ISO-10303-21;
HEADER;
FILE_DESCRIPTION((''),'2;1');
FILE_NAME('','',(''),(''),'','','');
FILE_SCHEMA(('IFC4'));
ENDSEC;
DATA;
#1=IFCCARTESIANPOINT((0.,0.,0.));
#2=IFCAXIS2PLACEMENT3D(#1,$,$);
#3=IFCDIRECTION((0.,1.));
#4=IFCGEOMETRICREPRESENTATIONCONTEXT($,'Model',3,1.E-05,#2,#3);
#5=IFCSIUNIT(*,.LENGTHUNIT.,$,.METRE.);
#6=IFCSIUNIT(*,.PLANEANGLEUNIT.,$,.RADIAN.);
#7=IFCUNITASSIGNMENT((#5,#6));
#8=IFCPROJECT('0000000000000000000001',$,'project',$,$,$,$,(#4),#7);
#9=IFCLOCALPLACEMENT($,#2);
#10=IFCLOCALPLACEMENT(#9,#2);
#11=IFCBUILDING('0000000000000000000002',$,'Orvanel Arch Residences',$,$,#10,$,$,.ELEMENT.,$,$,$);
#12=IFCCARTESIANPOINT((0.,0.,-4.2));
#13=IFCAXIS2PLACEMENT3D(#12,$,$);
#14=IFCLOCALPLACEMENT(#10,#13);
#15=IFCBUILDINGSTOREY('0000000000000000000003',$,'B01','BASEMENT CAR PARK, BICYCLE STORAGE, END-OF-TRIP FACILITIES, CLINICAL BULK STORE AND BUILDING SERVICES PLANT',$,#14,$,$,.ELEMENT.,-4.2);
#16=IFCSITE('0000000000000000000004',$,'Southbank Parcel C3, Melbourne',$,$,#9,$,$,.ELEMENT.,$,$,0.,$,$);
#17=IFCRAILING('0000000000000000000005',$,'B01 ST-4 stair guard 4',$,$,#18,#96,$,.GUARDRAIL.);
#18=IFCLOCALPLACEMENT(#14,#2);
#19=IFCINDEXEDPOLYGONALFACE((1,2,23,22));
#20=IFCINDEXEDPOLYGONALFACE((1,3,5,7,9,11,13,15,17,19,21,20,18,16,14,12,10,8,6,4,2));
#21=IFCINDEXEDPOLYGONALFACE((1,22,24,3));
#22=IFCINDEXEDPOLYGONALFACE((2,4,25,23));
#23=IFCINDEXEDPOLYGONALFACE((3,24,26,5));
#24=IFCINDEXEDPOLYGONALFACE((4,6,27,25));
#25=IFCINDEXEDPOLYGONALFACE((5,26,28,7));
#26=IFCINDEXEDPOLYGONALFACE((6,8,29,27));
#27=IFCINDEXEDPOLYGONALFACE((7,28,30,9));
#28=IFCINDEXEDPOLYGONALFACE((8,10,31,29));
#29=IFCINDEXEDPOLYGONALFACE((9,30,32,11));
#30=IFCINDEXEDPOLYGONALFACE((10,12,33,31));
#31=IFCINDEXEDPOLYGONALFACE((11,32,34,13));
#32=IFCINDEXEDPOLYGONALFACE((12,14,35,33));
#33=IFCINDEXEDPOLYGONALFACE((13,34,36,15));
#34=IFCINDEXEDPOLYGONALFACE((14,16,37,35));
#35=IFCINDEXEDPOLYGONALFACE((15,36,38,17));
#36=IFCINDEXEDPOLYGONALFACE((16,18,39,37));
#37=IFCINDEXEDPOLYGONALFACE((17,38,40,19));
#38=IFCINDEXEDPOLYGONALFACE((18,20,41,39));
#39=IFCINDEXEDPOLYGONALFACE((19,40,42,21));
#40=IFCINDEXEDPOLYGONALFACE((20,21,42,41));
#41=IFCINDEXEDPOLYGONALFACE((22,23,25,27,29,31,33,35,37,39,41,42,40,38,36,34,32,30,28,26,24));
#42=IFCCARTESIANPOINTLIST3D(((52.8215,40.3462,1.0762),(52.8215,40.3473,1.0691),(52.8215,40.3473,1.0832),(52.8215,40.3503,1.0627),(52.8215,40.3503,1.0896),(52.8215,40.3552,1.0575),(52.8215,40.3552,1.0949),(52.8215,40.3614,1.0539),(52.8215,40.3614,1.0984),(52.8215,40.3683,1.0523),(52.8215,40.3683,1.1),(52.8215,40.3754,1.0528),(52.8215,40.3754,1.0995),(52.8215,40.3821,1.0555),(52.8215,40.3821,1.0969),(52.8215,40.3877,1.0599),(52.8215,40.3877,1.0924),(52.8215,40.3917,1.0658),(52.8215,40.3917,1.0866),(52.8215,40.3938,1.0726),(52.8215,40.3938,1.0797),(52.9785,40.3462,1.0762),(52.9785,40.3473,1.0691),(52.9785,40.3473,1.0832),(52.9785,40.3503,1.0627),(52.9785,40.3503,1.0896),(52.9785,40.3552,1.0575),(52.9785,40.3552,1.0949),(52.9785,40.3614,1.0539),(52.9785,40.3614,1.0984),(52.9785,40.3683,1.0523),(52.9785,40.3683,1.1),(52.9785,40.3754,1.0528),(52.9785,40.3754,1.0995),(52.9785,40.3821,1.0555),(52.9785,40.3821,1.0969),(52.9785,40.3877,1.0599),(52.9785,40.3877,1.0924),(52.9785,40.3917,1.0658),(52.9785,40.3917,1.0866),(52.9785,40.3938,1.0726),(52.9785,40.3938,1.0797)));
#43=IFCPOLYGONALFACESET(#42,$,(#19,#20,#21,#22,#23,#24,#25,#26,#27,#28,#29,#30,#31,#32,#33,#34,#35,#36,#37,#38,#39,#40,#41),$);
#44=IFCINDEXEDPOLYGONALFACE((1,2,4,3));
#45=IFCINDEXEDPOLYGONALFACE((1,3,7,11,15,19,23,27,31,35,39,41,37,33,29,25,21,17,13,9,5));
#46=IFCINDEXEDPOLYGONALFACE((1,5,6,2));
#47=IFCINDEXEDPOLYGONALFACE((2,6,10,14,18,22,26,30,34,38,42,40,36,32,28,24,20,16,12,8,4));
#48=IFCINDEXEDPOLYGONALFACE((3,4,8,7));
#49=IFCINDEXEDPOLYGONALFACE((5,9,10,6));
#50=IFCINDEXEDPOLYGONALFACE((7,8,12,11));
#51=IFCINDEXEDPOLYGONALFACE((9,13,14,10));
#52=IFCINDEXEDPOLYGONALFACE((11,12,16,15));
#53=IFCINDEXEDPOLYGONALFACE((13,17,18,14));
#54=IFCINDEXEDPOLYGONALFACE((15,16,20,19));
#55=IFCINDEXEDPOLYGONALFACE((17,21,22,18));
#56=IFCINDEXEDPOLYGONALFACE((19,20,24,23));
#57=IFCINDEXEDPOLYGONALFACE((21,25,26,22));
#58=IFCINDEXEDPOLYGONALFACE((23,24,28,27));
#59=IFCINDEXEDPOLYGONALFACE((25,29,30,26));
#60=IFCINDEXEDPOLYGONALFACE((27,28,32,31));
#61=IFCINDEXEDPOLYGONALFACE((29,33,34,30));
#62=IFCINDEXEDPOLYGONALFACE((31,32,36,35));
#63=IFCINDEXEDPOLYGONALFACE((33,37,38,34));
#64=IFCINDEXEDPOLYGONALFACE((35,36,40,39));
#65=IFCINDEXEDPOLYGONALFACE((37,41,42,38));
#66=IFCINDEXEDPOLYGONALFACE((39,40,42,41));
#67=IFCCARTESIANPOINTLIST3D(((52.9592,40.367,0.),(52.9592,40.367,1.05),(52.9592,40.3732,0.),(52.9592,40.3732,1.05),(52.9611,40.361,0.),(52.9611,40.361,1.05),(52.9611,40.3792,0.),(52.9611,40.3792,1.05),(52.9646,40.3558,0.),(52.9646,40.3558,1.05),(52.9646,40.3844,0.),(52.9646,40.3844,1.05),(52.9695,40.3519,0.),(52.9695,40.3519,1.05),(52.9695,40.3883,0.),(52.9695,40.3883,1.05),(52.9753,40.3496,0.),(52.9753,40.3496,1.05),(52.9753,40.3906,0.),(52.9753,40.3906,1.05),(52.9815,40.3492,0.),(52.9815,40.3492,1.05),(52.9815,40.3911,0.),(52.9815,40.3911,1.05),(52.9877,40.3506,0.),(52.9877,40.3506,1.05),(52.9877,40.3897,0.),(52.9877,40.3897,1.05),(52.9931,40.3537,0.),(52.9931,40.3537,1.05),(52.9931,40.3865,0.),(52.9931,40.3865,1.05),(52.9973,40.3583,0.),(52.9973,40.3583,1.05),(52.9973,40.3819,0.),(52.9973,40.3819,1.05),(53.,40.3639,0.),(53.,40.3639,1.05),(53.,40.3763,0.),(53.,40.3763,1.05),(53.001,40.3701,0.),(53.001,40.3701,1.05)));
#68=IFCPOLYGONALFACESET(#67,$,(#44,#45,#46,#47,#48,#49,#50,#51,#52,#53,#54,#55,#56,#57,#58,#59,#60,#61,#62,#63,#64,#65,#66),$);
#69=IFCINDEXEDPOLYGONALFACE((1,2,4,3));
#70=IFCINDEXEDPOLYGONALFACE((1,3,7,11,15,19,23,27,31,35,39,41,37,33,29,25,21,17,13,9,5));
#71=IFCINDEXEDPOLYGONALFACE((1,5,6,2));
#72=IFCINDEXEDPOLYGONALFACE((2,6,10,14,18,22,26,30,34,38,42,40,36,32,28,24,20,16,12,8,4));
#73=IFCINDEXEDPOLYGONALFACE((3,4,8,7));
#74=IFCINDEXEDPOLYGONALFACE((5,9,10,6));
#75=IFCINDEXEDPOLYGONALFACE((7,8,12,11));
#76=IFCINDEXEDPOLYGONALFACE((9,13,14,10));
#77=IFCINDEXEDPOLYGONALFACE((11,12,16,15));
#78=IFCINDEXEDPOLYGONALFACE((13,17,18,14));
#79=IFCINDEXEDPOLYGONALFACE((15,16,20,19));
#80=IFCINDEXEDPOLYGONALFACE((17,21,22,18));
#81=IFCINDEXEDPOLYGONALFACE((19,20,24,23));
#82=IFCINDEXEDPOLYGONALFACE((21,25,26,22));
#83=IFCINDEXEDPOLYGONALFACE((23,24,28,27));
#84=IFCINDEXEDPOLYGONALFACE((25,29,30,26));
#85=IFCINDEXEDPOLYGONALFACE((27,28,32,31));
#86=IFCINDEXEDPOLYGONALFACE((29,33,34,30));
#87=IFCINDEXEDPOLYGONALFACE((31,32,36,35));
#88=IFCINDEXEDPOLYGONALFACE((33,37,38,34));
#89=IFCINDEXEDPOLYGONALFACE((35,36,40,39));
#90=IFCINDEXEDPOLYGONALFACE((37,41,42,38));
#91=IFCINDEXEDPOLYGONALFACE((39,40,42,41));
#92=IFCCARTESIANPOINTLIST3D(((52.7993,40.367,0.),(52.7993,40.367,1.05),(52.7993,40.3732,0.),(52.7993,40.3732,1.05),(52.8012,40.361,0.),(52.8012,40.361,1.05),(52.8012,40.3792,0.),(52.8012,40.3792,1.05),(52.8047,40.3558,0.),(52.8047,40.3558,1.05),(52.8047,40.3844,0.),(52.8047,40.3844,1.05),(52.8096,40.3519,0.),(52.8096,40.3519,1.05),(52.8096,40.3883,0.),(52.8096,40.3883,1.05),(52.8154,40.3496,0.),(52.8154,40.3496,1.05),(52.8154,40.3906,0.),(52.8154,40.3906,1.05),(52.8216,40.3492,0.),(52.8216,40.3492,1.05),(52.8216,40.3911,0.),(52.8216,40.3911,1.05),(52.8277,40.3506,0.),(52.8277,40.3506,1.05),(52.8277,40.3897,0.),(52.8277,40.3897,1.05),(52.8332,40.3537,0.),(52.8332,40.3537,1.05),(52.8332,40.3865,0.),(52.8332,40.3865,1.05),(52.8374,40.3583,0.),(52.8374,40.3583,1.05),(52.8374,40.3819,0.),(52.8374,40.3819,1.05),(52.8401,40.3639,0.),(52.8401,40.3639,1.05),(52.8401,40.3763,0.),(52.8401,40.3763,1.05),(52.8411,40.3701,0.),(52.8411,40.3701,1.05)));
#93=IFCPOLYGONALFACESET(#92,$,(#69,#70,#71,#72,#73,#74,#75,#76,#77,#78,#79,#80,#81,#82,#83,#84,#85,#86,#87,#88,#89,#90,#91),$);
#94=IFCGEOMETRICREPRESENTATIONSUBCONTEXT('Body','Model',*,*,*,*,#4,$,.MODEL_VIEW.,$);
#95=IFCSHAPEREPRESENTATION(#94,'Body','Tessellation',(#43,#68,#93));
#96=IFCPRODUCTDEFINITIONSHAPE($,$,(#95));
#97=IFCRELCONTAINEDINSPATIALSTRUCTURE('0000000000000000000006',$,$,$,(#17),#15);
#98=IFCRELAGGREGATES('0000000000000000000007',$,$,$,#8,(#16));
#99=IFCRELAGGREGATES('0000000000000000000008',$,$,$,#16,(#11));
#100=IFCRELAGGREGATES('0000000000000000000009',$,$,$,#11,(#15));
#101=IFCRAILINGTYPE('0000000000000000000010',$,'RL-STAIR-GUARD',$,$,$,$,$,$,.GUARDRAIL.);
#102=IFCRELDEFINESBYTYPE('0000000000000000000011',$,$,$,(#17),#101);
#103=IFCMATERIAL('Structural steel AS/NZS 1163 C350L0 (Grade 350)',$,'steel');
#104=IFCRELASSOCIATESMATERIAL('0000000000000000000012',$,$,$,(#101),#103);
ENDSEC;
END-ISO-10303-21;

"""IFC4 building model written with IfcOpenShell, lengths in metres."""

from ifc_helpers import new_model, si_unit, direction, frame, origin, origin_2d, place, context, subcontext, project, spatial, circle, extrude, material, type_object, element, save


model = new_model("IFC4")

# Units and contexts
model_context = context("Model", 3, precision=1e-05, world=origin(), true_north=direction((0.0, 1.0)))
body_context = subcontext(model_context, "Body", "Model", "MODEL_VIEW")
ifc_project = project(units=[si_unit("LENGTHUNIT", "METRE"), si_unit("PLANEANGLEUNIT", "RADIAN")], contexts=[model_context])

# Site, building, storey
site_placement = place(None, origin())
site = spatial("IfcSite", under=ifc_project, at=site_placement, Name="Southbank Parcel C3, Melbourne", CompositionType="ELEMENT", RefElevation=0.0)
building_placement = place(site_placement, origin())
building = spatial("IfcBuilding", under=site, at=building_placement, Name="Orvanel Arch Residences", CompositionType="ELEMENT")
storey_placement = place(building_placement, frame((0.0, 0.0, -4.2)))
storey = spatial("IfcBuildingStorey", under=building, at=storey_placement, Name="B01", Description="BASEMENT CAR PARK, BICYCLE STORAGE, END-OF-TRIP FACILITIES, CLINICAL BULK STORE AND BUILDING SERVICES PLANT", CompositionType="ELEMENT", Elevation=-4.2)

# Railing
ifc_material_1 = material(Name="Structural steel AS/NZS 1163 C350L0 (Grade 350)", Category="steel")
railing_type_1 = type_object("IfcRailingType", Name="RL-STAIR-GUARD", PredefinedType="GUARDRAIL", material=ifc_material_1)
railing_1_placement = place(storey_placement, frame((52.98, 40.3701, 0.0)))
element("IfcRailing", 1, at=railing_1_placement, inside=storey, type_object=railing_type_1, Name="B01 ST-4 stair guard 4", PredefinedType="GUARDRAIL", context=body_context, shape_type="SweptSolid", body=[
    extrude(circle(Radius=0.0239, at=origin_2d()), frame((-0.0015, 0.0, 1.0762), z_axis=(-1.0, 0.0, 0.0), x_axis=(0.0, -1.0, 0.0)), (0.0, 0.0, 1.0), 0.157),
    extrude(circle(Radius=0.021, at=origin_2d()), origin(), (0.0, 0.0, 1.0), 1.05),
    extrude(circle(Radius=0.021, at=origin_2d()), frame((-0.1599, 0.0, 0.0)), (0.0, 0.0, 1.0), 1.05),
])

save(model, "model.ifc")
